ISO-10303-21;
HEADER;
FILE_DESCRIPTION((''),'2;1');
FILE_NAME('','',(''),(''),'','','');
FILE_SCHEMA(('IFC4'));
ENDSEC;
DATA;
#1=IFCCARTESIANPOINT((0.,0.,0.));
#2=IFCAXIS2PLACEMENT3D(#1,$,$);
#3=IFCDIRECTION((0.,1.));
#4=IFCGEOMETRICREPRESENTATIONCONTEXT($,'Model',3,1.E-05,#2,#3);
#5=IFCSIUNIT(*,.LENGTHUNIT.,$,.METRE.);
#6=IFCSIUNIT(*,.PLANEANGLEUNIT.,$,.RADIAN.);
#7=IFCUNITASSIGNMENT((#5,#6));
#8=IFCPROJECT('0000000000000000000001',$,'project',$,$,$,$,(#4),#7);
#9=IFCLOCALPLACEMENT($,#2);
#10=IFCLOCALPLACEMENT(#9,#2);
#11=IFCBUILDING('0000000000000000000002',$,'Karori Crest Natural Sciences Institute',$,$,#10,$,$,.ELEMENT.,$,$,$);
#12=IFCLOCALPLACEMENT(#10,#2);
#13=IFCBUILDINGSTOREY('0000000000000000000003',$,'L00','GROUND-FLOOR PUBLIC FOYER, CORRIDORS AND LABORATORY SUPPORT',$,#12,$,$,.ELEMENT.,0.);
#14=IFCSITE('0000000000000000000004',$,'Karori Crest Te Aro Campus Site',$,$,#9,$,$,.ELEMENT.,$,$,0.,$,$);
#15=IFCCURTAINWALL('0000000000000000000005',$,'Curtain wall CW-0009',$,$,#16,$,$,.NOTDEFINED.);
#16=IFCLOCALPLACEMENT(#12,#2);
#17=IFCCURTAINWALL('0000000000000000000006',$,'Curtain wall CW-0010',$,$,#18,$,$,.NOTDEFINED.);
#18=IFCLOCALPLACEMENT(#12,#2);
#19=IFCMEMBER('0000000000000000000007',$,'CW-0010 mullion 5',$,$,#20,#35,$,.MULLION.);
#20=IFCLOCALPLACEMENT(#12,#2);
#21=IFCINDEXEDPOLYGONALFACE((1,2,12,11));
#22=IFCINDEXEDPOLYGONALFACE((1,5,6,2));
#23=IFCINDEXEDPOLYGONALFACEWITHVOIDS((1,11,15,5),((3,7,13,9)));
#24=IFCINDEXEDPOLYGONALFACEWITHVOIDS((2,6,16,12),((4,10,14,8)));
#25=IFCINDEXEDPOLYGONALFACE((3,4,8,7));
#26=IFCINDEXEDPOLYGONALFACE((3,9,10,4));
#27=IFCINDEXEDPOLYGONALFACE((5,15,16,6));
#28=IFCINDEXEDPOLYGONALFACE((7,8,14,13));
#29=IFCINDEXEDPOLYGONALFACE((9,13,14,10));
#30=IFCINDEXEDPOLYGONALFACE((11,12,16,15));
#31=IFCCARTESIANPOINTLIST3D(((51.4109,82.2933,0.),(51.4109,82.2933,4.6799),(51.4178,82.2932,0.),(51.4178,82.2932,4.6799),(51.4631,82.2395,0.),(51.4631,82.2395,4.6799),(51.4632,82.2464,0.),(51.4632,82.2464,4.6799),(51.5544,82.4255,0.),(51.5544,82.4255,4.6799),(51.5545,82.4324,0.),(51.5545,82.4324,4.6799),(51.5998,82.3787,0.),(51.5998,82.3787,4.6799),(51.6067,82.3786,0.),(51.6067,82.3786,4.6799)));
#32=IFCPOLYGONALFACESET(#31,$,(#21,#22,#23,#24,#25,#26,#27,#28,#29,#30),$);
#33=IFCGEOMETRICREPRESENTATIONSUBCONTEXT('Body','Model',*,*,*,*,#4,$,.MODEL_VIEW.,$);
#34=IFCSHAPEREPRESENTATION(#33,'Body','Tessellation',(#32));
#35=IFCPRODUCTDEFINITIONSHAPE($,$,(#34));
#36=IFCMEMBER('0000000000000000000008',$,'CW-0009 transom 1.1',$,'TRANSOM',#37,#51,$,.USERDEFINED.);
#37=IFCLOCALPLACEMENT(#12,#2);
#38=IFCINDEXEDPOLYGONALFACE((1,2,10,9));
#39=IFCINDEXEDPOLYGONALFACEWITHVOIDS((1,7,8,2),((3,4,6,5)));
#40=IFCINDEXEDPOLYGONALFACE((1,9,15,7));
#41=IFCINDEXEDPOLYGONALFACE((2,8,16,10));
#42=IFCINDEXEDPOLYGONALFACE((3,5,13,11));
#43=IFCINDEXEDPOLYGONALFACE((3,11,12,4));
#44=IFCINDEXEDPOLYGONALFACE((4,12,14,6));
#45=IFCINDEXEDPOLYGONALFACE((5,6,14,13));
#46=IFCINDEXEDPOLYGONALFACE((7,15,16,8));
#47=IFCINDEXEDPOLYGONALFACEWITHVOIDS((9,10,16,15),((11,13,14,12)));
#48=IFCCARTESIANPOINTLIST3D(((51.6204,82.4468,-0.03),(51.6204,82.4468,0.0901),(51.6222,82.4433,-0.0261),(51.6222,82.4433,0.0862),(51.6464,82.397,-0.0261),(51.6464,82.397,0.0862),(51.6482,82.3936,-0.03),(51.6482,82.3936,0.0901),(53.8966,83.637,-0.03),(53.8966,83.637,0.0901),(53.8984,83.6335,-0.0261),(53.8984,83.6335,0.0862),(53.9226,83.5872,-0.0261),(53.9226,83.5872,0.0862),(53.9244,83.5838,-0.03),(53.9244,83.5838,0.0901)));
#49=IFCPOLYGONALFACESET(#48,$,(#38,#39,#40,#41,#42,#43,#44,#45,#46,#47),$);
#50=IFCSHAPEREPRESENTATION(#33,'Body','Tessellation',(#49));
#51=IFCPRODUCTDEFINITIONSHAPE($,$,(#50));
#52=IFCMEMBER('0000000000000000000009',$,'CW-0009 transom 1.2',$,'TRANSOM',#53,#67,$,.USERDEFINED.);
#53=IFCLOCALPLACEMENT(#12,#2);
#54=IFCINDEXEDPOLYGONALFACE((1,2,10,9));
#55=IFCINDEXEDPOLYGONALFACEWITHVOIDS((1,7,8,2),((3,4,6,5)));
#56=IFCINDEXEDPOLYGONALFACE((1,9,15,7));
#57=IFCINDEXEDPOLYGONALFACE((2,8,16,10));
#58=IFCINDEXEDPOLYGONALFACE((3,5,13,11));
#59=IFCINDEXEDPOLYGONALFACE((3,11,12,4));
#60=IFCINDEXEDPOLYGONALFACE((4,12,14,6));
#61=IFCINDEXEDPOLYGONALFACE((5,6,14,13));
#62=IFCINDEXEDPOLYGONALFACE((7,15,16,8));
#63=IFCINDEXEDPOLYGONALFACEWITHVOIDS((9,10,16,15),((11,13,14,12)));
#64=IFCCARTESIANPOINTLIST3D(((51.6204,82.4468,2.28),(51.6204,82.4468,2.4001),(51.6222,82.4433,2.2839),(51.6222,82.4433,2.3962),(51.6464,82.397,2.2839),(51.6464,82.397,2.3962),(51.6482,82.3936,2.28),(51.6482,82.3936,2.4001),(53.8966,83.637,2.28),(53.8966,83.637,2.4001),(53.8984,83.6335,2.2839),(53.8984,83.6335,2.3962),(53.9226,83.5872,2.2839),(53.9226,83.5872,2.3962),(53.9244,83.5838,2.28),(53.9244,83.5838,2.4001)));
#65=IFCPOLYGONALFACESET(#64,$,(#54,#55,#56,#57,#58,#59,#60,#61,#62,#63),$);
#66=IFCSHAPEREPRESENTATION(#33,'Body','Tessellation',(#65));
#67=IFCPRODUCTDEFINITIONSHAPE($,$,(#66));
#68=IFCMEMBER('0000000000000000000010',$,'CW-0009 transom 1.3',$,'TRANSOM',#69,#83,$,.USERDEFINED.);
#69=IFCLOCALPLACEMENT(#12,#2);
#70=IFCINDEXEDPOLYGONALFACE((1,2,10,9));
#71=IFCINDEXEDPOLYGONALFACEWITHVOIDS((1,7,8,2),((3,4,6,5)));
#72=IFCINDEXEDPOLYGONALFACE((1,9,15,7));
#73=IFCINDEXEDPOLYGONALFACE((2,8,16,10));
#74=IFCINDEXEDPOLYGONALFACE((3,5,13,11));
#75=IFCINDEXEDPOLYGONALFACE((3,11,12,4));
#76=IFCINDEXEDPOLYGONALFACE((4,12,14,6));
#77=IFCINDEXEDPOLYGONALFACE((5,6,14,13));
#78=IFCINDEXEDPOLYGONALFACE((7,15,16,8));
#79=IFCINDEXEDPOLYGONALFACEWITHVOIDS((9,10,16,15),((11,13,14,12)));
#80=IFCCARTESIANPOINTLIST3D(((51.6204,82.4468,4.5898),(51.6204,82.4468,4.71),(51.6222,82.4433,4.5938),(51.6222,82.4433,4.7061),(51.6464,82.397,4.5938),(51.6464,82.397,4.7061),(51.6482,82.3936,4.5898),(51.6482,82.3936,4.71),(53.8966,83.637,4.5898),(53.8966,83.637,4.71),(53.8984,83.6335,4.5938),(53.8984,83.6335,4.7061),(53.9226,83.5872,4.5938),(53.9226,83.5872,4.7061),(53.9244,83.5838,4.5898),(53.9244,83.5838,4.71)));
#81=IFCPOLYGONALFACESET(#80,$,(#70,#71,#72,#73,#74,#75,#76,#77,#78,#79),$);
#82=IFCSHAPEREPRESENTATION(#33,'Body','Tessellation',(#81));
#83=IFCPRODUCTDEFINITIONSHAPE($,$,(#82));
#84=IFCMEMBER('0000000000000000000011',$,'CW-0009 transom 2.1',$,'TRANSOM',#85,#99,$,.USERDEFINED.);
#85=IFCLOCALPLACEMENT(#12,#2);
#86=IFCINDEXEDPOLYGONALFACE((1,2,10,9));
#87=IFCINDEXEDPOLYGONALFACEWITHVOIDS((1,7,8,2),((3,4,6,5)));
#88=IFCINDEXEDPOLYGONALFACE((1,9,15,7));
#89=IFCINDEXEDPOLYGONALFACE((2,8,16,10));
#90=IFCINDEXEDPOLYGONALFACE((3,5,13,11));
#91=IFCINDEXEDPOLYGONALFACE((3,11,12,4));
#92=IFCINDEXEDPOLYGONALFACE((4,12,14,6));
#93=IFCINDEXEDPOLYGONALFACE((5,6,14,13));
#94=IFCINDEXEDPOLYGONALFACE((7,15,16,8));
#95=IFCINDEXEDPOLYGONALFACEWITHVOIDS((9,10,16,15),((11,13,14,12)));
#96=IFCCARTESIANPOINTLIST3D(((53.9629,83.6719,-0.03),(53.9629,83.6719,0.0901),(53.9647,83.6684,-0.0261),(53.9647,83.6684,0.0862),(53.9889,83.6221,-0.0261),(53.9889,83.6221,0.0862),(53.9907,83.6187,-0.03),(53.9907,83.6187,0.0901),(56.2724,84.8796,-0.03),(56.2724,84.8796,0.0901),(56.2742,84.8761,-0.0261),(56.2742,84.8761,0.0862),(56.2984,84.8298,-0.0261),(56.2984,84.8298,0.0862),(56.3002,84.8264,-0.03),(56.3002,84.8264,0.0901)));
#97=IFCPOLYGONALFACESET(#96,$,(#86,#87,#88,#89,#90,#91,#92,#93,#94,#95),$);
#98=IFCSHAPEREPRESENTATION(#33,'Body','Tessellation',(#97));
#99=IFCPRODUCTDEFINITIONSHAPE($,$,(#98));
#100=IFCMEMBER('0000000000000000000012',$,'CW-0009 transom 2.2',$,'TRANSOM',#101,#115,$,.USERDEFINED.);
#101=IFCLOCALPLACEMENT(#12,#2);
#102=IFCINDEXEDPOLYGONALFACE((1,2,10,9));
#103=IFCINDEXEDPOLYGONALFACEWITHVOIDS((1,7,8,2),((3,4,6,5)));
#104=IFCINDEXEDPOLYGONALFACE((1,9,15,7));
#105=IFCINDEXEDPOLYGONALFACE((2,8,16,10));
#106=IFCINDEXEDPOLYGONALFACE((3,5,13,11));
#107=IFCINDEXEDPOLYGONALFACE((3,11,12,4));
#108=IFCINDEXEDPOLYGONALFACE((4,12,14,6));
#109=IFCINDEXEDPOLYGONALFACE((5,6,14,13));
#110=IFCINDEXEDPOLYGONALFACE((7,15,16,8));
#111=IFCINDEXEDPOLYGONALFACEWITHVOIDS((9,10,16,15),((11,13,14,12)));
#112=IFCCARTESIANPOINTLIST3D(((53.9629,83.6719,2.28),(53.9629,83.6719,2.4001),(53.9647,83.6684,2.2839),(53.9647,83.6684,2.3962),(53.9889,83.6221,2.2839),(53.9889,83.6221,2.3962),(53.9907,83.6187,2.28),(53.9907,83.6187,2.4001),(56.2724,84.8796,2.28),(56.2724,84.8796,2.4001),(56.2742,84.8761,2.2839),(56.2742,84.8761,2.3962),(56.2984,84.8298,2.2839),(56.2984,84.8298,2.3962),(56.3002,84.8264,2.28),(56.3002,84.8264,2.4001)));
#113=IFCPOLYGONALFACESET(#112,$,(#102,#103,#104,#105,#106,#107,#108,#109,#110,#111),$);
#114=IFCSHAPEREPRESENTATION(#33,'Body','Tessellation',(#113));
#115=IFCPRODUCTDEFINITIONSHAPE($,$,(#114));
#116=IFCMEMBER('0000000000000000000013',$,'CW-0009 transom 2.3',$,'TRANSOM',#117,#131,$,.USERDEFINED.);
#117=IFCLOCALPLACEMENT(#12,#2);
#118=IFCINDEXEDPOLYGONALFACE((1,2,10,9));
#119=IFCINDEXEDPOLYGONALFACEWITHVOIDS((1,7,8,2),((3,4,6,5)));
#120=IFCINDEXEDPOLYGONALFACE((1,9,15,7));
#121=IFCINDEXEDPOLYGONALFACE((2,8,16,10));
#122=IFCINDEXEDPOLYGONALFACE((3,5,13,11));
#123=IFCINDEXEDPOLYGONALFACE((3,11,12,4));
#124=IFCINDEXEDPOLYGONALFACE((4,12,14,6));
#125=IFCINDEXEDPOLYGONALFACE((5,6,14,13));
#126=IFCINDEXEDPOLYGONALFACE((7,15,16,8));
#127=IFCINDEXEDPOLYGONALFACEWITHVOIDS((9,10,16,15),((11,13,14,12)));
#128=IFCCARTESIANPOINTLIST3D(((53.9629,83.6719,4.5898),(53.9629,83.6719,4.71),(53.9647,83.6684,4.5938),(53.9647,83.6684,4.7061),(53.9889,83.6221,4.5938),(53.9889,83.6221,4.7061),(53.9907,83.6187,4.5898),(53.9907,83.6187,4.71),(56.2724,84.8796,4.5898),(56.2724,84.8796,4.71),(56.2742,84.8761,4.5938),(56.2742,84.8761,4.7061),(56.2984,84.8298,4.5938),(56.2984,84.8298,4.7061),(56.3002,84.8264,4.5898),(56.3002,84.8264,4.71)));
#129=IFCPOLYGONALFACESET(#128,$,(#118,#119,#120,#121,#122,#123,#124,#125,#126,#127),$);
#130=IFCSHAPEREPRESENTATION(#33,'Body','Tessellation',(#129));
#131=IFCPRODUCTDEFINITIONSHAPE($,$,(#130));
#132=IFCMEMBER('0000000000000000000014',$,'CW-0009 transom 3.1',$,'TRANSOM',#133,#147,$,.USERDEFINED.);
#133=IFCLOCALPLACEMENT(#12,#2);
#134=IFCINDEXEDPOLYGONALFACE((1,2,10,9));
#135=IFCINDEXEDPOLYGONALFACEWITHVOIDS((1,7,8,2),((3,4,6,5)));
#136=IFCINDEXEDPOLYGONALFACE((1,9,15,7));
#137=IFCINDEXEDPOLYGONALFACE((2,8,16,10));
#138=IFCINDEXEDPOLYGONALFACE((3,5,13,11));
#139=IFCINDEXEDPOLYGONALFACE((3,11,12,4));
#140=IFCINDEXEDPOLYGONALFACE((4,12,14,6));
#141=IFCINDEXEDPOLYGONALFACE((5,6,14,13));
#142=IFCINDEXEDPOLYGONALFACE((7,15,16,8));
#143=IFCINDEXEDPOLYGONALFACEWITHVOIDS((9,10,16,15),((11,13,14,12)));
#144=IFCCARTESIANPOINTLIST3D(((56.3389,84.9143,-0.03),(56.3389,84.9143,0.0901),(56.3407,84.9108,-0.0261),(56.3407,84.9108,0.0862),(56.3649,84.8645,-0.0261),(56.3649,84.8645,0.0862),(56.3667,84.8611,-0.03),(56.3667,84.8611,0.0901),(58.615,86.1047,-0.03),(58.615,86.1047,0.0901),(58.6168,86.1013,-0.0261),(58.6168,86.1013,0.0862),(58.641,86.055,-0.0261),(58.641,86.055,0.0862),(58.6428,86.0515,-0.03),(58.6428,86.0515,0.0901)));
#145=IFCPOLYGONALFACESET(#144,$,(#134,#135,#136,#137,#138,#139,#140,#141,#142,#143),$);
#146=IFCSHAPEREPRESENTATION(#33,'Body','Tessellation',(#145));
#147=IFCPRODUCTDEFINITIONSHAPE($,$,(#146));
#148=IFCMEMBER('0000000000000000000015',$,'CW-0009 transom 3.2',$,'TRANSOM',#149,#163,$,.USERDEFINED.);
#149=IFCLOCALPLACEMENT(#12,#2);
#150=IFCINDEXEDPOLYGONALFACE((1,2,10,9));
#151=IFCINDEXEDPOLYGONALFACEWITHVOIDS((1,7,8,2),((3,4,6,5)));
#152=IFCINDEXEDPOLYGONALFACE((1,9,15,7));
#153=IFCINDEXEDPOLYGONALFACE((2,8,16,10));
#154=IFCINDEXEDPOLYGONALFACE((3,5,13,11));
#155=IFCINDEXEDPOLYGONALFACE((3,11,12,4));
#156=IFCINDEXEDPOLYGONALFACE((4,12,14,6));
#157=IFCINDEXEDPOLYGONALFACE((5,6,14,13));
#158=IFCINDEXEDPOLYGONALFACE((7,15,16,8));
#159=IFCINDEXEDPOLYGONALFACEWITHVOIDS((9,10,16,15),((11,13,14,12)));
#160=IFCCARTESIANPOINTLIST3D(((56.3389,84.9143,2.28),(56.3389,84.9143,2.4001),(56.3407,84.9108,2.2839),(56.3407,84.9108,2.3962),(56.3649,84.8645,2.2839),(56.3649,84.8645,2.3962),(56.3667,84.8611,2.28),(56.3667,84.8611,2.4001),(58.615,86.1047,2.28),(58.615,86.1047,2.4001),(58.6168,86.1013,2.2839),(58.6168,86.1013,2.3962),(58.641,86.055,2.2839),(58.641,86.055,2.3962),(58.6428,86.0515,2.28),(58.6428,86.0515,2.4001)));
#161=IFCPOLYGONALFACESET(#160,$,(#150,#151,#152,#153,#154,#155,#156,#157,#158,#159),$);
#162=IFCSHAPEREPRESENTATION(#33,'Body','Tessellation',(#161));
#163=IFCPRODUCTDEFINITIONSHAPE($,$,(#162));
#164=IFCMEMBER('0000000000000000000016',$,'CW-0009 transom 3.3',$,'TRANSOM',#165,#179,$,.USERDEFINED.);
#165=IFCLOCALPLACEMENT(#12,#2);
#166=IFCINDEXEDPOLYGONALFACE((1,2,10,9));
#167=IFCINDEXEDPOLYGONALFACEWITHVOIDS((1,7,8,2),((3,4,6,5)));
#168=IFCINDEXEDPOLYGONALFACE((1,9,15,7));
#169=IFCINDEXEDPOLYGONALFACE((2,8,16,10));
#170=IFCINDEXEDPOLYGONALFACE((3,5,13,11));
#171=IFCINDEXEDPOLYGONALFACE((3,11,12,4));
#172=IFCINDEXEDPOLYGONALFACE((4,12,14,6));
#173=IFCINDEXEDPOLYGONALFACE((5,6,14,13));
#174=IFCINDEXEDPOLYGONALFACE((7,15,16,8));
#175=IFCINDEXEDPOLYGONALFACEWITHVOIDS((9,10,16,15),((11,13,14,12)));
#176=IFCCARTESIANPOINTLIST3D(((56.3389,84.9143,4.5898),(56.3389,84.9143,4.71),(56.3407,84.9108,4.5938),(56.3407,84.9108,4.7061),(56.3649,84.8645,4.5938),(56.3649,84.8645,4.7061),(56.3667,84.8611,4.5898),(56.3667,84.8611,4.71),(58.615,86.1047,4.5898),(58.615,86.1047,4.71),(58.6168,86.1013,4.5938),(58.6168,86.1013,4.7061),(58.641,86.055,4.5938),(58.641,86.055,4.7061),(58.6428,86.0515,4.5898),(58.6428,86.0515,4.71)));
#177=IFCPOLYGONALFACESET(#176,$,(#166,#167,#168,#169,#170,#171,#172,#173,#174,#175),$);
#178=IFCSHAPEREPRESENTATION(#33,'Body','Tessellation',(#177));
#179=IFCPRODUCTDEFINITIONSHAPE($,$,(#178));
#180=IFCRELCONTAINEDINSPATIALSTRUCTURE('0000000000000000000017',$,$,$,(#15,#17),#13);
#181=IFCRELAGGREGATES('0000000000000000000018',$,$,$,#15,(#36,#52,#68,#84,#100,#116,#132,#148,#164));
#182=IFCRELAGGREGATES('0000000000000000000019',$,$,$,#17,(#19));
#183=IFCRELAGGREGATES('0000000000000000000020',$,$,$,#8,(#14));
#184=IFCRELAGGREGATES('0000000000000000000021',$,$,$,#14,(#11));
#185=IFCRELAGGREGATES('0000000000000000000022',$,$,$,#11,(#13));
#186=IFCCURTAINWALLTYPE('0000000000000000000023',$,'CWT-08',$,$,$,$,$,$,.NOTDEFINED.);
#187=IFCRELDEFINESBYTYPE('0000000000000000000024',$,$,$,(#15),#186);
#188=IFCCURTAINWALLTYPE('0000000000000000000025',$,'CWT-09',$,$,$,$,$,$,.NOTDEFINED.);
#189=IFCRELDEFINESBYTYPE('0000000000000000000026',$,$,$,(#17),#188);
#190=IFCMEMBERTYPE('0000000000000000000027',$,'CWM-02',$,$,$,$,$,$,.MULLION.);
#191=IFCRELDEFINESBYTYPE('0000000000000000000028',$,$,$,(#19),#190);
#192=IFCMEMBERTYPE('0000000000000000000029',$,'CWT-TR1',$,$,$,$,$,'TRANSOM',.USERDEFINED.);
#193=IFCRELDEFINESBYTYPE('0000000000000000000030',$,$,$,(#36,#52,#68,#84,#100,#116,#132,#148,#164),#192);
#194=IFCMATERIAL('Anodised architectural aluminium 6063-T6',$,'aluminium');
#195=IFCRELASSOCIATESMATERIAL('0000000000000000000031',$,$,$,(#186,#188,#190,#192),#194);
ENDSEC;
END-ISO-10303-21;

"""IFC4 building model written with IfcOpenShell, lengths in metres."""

from ifc_helpers import new_model, si_unit, direction, frame, origin, origin_2d, place, context, subcontext, project, spatial, hollow_rectangle, extrude, material, material_profile, profile_set, type_object, element, aggregate, save


model = new_model("IFC4")

# Units and contexts
model_context = context("Model", 3, precision=1e-05, world=origin(), true_north=direction((0.0, 1.0)))
body_context = subcontext(model_context, "Body", "Model", "MODEL_VIEW")
ifc_project = project(units=[si_unit("LENGTHUNIT", "METRE"), si_unit("PLANEANGLEUNIT", "RADIAN")], contexts=[model_context])

# Site, building, storey
site_placement = place(None, origin())
site = spatial("IfcSite", under=ifc_project, at=site_placement, Name="Karori Crest Te Aro Campus Site", CompositionType="ELEMENT", RefElevation=0.0)
building_placement = place(site_placement, origin())
building = spatial("IfcBuilding", under=site, at=building_placement, Name="Karori Crest Natural Sciences Institute", CompositionType="ELEMENT")
storey_placement = place(building_placement, origin())
storey = spatial("IfcBuildingStorey", under=building, at=storey_placement, Name="L00", Description="GROUND-FLOOR PUBLIC FOYER, CORRIDORS AND LABORATORY SUPPORT", CompositionType="ELEMENT", Elevation=0.0)

# Curtain walls, member
ifc_material_1 = material(Name="Anodised architectural aluminium 6063-T6", Category="aluminium")
curtain_wall_type_1 = type_object("IfcCurtainWallType", Name="CWT-08", PredefinedType="NOTDEFINED", material=ifc_material_1)
curtain_wall_1_placement = place(storey_placement, origin())
curtain_wall_1 = element("IfcCurtainWall", 1, at=curtain_wall_1_placement, inside=storey, type_object=curtain_wall_type_1, Name="Curtain wall CW-0009", PredefinedType="NOTDEFINED")
ifc_material_profile_1 = material_profile(ifc_material_1, hollow_rectangle(XDim=0.075, YDim=0.2, WallThickness=0.0049, at=origin_2d()), Name="CWM200x75x5")
ifc_profile_set_1 = profile_set([ifc_material_profile_1], Name="Anodised architectural aluminium 6063-T6")
member_type_1 = type_object("IfcMemberType", Name="CWM-02", PredefinedType="MULLION", material=ifc_profile_set_1)
curtain_wall_type_2 = type_object("IfcCurtainWallType", Name="CWT-09", PredefinedType="NOTDEFINED", material=ifc_material_1)
curtain_wall_2_placement = place(storey_placement, origin())
curtain_wall_2 = element("IfcCurtainWall", 2, at=curtain_wall_2_placement, inside=storey, type_object=curtain_wall_type_2, Name="Curtain wall CW-0010", PredefinedType="NOTDEFINED")
member_1_placement = place(storey_placement, frame((51.5088, 82.3359, 0.0), z_axis=(0.0, 0.0, 1.0), x_axis=(-0.695839, 0.718198, 0.0)))
member_1 = element("IfcMember", 3, at=member_1_placement, type_object=member_type_1, Name="CW-0010 mullion 5", PredefinedType="MULLION", context=body_context, shape_type="SweptSolid", body=[
    extrude(hollow_rectangle(XDim=0.075, YDim=0.2, WallThickness=0.0049, at=origin_2d()), origin(), (0.0, 0.0, 1.0), 4.6799),
])

# Members
ifc_material_profile_2 = material_profile(ifc_material_1, hollow_rectangle(XDim=0.0601, YDim=0.1201, WallThickness=0.0039, at=origin_2d()), Name="CWT120x60x4")
ifc_profile_set_2 = profile_set([ifc_material_profile_2], Name="Anodised architectural aluminium 6063-T6")
member_type_2 = type_object("IfcMemberType", Name="CWT-TR1", ElementType="TRANSOM", PredefinedType="USERDEFINED", material=ifc_profile_set_2)
member_2_placement = place(storey_placement, frame((51.6343, 82.4202, 0.03), z_axis=(0.886162, 0.463375, 0.0), x_axis=(-0.463375, 0.886162, 0.0)))
member_2 = element("IfcMember", 4, at=member_2_placement, type_object=member_type_2, Name="CW-0009 transom 1.1", ObjectType="TRANSOM", PredefinedType="USERDEFINED", context=body_context, shape_type="SweptSolid", body=[
    extrude(hollow_rectangle(XDim=0.0601, YDim=0.1201, WallThickness=0.0039, at=origin_2d()), origin(), (0.0, 0.0, 1.0), 2.5686),
])
member_3_placement = place(storey_placement, frame((51.6343, 82.4202, 2.3401), z_axis=(0.886162, 0.463375, 0.0), x_axis=(-0.463375, 0.886162, 0.0)))
member_3 = element("IfcMember", 5, at=member_3_placement, type_object=member_type_2, Name="CW-0009 transom 1.2", ObjectType="TRANSOM", PredefinedType="USERDEFINED", context=body_context, shape_type="SweptSolid", body=[
    extrude(hollow_rectangle(XDim=0.0601, YDim=0.1201, WallThickness=0.0039, at=origin_2d()), origin(), (0.0, 0.0, 1.0), 2.5686),
])
member_4_placement = place(storey_placement, frame((51.6343, 82.4202, 4.6499), z_axis=(0.886162, 0.463375, 0.0), x_axis=(-0.463375, 0.886162, 0.0)))
member_4 = element("IfcMember", 6, at=member_4_placement, type_object=member_type_2, Name="CW-0009 transom 1.3", ObjectType="TRANSOM", PredefinedType="USERDEFINED", context=body_context, shape_type="SweptSolid", body=[
    extrude(hollow_rectangle(XDim=0.0601, YDim=0.1201, WallThickness=0.0039, at=origin_2d()), origin(), (0.0, 0.0, 1.0), 2.5686),
])
member_5_placement = place(storey_placement, frame((53.9768, 83.6453, 0.03), z_axis=(0.886149, 0.463401, 0.0), x_axis=(-0.463401, 0.886149, 0.0)))
member_5 = element("IfcMember", 7, at=member_5_placement, type_object=member_type_2, Name="CW-0009 transom 2.1", ObjectType="TRANSOM", PredefinedType="USERDEFINED", context=body_context, shape_type="SweptSolid", body=[
    extrude(hollow_rectangle(XDim=0.0601, YDim=0.1201, WallThickness=0.0039, at=origin_2d()), origin(), (0.0, 0.0, 1.0), 2.6062),
])
member_6_placement = place(storey_placement, frame((53.9768, 83.6453, 2.3401), z_axis=(0.886149, 0.463401, 0.0), x_axis=(-0.463401, 0.886149, 0.0)))
member_6 = element("IfcMember", 8, at=member_6_placement, type_object=member_type_2, Name="CW-0009 transom 2.2", ObjectType="TRANSOM", PredefinedType="USERDEFINED", context=body_context, shape_type="SweptSolid", body=[
    extrude(hollow_rectangle(XDim=0.0601, YDim=0.1201, WallThickness=0.0039, at=origin_2d()), origin(), (0.0, 0.0, 1.0), 2.6062),
])
member_7_placement = place(storey_placement, frame((53.9768, 83.6453, 4.6499), z_axis=(0.886149, 0.463401, 0.0), x_axis=(-0.463401, 0.886149, 0.0)))
member_7 = element("IfcMember", 9, at=member_7_placement, type_object=member_type_2, Name="CW-0009 transom 2.3", ObjectType="TRANSOM", PredefinedType="USERDEFINED", context=body_context, shape_type="SweptSolid", body=[
    extrude(hollow_rectangle(XDim=0.0601, YDim=0.1201, WallThickness=0.0039, at=origin_2d()), origin(), (0.0, 0.0, 1.0), 2.6062),
])
member_8_placement = place(storey_placement, frame((56.3528, 84.8877, 0.03), z_axis=(0.886123, 0.463449, 0.0), x_axis=(-0.463449, 0.886123, 0.0)))
member_8 = element("IfcMember", 10, at=member_8_placement, type_object=member_type_2, Name="CW-0009 transom 3.1", ObjectType="TRANSOM", PredefinedType="USERDEFINED", context=body_context, shape_type="SweptSolid", body=[
    extrude(hollow_rectangle(XDim=0.0601, YDim=0.1201, WallThickness=0.0039, at=origin_2d()), origin(), (0.0, 0.0, 1.0), 2.5686),
])
member_9_placement = place(storey_placement, frame((56.3528, 84.8877, 2.3401), z_axis=(0.886123, 0.463449, 0.0), x_axis=(-0.463449, 0.886123, 0.0)))
member_9 = element("IfcMember", 11, at=member_9_placement, type_object=member_type_2, Name="CW-0009 transom 3.2", ObjectType="TRANSOM", PredefinedType="USERDEFINED", context=body_context, shape_type="SweptSolid", body=[
    extrude(hollow_rectangle(XDim=0.0601, YDim=0.1201, WallThickness=0.0039, at=origin_2d()), origin(), (0.0, 0.0, 1.0), 2.5686),
])
member_10_placement = place(storey_placement, frame((56.3528, 84.8877, 4.6499), z_axis=(0.886123, 0.463449, 0.0), x_axis=(-0.463449, 0.886123, 0.0)))
member_10 = element("IfcMember", 12, at=member_10_placement, type_object=member_type_2, Name="CW-0009 transom 3.3", ObjectType="TRANSOM", PredefinedType="USERDEFINED", context=body_context, shape_type="SweptSolid", body=[
    extrude(hollow_rectangle(XDim=0.0601, YDim=0.1201, WallThickness=0.0039, at=origin_2d()), origin(), (0.0, 0.0, 1.0), 2.5686),
])

aggregate(curtain_wall_1, [member_2, member_3, member_4, member_5, member_6, member_7, member_8, member_9, member_10])
aggregate(curtain_wall_2, [member_1])

save(model, "model.ifc")
